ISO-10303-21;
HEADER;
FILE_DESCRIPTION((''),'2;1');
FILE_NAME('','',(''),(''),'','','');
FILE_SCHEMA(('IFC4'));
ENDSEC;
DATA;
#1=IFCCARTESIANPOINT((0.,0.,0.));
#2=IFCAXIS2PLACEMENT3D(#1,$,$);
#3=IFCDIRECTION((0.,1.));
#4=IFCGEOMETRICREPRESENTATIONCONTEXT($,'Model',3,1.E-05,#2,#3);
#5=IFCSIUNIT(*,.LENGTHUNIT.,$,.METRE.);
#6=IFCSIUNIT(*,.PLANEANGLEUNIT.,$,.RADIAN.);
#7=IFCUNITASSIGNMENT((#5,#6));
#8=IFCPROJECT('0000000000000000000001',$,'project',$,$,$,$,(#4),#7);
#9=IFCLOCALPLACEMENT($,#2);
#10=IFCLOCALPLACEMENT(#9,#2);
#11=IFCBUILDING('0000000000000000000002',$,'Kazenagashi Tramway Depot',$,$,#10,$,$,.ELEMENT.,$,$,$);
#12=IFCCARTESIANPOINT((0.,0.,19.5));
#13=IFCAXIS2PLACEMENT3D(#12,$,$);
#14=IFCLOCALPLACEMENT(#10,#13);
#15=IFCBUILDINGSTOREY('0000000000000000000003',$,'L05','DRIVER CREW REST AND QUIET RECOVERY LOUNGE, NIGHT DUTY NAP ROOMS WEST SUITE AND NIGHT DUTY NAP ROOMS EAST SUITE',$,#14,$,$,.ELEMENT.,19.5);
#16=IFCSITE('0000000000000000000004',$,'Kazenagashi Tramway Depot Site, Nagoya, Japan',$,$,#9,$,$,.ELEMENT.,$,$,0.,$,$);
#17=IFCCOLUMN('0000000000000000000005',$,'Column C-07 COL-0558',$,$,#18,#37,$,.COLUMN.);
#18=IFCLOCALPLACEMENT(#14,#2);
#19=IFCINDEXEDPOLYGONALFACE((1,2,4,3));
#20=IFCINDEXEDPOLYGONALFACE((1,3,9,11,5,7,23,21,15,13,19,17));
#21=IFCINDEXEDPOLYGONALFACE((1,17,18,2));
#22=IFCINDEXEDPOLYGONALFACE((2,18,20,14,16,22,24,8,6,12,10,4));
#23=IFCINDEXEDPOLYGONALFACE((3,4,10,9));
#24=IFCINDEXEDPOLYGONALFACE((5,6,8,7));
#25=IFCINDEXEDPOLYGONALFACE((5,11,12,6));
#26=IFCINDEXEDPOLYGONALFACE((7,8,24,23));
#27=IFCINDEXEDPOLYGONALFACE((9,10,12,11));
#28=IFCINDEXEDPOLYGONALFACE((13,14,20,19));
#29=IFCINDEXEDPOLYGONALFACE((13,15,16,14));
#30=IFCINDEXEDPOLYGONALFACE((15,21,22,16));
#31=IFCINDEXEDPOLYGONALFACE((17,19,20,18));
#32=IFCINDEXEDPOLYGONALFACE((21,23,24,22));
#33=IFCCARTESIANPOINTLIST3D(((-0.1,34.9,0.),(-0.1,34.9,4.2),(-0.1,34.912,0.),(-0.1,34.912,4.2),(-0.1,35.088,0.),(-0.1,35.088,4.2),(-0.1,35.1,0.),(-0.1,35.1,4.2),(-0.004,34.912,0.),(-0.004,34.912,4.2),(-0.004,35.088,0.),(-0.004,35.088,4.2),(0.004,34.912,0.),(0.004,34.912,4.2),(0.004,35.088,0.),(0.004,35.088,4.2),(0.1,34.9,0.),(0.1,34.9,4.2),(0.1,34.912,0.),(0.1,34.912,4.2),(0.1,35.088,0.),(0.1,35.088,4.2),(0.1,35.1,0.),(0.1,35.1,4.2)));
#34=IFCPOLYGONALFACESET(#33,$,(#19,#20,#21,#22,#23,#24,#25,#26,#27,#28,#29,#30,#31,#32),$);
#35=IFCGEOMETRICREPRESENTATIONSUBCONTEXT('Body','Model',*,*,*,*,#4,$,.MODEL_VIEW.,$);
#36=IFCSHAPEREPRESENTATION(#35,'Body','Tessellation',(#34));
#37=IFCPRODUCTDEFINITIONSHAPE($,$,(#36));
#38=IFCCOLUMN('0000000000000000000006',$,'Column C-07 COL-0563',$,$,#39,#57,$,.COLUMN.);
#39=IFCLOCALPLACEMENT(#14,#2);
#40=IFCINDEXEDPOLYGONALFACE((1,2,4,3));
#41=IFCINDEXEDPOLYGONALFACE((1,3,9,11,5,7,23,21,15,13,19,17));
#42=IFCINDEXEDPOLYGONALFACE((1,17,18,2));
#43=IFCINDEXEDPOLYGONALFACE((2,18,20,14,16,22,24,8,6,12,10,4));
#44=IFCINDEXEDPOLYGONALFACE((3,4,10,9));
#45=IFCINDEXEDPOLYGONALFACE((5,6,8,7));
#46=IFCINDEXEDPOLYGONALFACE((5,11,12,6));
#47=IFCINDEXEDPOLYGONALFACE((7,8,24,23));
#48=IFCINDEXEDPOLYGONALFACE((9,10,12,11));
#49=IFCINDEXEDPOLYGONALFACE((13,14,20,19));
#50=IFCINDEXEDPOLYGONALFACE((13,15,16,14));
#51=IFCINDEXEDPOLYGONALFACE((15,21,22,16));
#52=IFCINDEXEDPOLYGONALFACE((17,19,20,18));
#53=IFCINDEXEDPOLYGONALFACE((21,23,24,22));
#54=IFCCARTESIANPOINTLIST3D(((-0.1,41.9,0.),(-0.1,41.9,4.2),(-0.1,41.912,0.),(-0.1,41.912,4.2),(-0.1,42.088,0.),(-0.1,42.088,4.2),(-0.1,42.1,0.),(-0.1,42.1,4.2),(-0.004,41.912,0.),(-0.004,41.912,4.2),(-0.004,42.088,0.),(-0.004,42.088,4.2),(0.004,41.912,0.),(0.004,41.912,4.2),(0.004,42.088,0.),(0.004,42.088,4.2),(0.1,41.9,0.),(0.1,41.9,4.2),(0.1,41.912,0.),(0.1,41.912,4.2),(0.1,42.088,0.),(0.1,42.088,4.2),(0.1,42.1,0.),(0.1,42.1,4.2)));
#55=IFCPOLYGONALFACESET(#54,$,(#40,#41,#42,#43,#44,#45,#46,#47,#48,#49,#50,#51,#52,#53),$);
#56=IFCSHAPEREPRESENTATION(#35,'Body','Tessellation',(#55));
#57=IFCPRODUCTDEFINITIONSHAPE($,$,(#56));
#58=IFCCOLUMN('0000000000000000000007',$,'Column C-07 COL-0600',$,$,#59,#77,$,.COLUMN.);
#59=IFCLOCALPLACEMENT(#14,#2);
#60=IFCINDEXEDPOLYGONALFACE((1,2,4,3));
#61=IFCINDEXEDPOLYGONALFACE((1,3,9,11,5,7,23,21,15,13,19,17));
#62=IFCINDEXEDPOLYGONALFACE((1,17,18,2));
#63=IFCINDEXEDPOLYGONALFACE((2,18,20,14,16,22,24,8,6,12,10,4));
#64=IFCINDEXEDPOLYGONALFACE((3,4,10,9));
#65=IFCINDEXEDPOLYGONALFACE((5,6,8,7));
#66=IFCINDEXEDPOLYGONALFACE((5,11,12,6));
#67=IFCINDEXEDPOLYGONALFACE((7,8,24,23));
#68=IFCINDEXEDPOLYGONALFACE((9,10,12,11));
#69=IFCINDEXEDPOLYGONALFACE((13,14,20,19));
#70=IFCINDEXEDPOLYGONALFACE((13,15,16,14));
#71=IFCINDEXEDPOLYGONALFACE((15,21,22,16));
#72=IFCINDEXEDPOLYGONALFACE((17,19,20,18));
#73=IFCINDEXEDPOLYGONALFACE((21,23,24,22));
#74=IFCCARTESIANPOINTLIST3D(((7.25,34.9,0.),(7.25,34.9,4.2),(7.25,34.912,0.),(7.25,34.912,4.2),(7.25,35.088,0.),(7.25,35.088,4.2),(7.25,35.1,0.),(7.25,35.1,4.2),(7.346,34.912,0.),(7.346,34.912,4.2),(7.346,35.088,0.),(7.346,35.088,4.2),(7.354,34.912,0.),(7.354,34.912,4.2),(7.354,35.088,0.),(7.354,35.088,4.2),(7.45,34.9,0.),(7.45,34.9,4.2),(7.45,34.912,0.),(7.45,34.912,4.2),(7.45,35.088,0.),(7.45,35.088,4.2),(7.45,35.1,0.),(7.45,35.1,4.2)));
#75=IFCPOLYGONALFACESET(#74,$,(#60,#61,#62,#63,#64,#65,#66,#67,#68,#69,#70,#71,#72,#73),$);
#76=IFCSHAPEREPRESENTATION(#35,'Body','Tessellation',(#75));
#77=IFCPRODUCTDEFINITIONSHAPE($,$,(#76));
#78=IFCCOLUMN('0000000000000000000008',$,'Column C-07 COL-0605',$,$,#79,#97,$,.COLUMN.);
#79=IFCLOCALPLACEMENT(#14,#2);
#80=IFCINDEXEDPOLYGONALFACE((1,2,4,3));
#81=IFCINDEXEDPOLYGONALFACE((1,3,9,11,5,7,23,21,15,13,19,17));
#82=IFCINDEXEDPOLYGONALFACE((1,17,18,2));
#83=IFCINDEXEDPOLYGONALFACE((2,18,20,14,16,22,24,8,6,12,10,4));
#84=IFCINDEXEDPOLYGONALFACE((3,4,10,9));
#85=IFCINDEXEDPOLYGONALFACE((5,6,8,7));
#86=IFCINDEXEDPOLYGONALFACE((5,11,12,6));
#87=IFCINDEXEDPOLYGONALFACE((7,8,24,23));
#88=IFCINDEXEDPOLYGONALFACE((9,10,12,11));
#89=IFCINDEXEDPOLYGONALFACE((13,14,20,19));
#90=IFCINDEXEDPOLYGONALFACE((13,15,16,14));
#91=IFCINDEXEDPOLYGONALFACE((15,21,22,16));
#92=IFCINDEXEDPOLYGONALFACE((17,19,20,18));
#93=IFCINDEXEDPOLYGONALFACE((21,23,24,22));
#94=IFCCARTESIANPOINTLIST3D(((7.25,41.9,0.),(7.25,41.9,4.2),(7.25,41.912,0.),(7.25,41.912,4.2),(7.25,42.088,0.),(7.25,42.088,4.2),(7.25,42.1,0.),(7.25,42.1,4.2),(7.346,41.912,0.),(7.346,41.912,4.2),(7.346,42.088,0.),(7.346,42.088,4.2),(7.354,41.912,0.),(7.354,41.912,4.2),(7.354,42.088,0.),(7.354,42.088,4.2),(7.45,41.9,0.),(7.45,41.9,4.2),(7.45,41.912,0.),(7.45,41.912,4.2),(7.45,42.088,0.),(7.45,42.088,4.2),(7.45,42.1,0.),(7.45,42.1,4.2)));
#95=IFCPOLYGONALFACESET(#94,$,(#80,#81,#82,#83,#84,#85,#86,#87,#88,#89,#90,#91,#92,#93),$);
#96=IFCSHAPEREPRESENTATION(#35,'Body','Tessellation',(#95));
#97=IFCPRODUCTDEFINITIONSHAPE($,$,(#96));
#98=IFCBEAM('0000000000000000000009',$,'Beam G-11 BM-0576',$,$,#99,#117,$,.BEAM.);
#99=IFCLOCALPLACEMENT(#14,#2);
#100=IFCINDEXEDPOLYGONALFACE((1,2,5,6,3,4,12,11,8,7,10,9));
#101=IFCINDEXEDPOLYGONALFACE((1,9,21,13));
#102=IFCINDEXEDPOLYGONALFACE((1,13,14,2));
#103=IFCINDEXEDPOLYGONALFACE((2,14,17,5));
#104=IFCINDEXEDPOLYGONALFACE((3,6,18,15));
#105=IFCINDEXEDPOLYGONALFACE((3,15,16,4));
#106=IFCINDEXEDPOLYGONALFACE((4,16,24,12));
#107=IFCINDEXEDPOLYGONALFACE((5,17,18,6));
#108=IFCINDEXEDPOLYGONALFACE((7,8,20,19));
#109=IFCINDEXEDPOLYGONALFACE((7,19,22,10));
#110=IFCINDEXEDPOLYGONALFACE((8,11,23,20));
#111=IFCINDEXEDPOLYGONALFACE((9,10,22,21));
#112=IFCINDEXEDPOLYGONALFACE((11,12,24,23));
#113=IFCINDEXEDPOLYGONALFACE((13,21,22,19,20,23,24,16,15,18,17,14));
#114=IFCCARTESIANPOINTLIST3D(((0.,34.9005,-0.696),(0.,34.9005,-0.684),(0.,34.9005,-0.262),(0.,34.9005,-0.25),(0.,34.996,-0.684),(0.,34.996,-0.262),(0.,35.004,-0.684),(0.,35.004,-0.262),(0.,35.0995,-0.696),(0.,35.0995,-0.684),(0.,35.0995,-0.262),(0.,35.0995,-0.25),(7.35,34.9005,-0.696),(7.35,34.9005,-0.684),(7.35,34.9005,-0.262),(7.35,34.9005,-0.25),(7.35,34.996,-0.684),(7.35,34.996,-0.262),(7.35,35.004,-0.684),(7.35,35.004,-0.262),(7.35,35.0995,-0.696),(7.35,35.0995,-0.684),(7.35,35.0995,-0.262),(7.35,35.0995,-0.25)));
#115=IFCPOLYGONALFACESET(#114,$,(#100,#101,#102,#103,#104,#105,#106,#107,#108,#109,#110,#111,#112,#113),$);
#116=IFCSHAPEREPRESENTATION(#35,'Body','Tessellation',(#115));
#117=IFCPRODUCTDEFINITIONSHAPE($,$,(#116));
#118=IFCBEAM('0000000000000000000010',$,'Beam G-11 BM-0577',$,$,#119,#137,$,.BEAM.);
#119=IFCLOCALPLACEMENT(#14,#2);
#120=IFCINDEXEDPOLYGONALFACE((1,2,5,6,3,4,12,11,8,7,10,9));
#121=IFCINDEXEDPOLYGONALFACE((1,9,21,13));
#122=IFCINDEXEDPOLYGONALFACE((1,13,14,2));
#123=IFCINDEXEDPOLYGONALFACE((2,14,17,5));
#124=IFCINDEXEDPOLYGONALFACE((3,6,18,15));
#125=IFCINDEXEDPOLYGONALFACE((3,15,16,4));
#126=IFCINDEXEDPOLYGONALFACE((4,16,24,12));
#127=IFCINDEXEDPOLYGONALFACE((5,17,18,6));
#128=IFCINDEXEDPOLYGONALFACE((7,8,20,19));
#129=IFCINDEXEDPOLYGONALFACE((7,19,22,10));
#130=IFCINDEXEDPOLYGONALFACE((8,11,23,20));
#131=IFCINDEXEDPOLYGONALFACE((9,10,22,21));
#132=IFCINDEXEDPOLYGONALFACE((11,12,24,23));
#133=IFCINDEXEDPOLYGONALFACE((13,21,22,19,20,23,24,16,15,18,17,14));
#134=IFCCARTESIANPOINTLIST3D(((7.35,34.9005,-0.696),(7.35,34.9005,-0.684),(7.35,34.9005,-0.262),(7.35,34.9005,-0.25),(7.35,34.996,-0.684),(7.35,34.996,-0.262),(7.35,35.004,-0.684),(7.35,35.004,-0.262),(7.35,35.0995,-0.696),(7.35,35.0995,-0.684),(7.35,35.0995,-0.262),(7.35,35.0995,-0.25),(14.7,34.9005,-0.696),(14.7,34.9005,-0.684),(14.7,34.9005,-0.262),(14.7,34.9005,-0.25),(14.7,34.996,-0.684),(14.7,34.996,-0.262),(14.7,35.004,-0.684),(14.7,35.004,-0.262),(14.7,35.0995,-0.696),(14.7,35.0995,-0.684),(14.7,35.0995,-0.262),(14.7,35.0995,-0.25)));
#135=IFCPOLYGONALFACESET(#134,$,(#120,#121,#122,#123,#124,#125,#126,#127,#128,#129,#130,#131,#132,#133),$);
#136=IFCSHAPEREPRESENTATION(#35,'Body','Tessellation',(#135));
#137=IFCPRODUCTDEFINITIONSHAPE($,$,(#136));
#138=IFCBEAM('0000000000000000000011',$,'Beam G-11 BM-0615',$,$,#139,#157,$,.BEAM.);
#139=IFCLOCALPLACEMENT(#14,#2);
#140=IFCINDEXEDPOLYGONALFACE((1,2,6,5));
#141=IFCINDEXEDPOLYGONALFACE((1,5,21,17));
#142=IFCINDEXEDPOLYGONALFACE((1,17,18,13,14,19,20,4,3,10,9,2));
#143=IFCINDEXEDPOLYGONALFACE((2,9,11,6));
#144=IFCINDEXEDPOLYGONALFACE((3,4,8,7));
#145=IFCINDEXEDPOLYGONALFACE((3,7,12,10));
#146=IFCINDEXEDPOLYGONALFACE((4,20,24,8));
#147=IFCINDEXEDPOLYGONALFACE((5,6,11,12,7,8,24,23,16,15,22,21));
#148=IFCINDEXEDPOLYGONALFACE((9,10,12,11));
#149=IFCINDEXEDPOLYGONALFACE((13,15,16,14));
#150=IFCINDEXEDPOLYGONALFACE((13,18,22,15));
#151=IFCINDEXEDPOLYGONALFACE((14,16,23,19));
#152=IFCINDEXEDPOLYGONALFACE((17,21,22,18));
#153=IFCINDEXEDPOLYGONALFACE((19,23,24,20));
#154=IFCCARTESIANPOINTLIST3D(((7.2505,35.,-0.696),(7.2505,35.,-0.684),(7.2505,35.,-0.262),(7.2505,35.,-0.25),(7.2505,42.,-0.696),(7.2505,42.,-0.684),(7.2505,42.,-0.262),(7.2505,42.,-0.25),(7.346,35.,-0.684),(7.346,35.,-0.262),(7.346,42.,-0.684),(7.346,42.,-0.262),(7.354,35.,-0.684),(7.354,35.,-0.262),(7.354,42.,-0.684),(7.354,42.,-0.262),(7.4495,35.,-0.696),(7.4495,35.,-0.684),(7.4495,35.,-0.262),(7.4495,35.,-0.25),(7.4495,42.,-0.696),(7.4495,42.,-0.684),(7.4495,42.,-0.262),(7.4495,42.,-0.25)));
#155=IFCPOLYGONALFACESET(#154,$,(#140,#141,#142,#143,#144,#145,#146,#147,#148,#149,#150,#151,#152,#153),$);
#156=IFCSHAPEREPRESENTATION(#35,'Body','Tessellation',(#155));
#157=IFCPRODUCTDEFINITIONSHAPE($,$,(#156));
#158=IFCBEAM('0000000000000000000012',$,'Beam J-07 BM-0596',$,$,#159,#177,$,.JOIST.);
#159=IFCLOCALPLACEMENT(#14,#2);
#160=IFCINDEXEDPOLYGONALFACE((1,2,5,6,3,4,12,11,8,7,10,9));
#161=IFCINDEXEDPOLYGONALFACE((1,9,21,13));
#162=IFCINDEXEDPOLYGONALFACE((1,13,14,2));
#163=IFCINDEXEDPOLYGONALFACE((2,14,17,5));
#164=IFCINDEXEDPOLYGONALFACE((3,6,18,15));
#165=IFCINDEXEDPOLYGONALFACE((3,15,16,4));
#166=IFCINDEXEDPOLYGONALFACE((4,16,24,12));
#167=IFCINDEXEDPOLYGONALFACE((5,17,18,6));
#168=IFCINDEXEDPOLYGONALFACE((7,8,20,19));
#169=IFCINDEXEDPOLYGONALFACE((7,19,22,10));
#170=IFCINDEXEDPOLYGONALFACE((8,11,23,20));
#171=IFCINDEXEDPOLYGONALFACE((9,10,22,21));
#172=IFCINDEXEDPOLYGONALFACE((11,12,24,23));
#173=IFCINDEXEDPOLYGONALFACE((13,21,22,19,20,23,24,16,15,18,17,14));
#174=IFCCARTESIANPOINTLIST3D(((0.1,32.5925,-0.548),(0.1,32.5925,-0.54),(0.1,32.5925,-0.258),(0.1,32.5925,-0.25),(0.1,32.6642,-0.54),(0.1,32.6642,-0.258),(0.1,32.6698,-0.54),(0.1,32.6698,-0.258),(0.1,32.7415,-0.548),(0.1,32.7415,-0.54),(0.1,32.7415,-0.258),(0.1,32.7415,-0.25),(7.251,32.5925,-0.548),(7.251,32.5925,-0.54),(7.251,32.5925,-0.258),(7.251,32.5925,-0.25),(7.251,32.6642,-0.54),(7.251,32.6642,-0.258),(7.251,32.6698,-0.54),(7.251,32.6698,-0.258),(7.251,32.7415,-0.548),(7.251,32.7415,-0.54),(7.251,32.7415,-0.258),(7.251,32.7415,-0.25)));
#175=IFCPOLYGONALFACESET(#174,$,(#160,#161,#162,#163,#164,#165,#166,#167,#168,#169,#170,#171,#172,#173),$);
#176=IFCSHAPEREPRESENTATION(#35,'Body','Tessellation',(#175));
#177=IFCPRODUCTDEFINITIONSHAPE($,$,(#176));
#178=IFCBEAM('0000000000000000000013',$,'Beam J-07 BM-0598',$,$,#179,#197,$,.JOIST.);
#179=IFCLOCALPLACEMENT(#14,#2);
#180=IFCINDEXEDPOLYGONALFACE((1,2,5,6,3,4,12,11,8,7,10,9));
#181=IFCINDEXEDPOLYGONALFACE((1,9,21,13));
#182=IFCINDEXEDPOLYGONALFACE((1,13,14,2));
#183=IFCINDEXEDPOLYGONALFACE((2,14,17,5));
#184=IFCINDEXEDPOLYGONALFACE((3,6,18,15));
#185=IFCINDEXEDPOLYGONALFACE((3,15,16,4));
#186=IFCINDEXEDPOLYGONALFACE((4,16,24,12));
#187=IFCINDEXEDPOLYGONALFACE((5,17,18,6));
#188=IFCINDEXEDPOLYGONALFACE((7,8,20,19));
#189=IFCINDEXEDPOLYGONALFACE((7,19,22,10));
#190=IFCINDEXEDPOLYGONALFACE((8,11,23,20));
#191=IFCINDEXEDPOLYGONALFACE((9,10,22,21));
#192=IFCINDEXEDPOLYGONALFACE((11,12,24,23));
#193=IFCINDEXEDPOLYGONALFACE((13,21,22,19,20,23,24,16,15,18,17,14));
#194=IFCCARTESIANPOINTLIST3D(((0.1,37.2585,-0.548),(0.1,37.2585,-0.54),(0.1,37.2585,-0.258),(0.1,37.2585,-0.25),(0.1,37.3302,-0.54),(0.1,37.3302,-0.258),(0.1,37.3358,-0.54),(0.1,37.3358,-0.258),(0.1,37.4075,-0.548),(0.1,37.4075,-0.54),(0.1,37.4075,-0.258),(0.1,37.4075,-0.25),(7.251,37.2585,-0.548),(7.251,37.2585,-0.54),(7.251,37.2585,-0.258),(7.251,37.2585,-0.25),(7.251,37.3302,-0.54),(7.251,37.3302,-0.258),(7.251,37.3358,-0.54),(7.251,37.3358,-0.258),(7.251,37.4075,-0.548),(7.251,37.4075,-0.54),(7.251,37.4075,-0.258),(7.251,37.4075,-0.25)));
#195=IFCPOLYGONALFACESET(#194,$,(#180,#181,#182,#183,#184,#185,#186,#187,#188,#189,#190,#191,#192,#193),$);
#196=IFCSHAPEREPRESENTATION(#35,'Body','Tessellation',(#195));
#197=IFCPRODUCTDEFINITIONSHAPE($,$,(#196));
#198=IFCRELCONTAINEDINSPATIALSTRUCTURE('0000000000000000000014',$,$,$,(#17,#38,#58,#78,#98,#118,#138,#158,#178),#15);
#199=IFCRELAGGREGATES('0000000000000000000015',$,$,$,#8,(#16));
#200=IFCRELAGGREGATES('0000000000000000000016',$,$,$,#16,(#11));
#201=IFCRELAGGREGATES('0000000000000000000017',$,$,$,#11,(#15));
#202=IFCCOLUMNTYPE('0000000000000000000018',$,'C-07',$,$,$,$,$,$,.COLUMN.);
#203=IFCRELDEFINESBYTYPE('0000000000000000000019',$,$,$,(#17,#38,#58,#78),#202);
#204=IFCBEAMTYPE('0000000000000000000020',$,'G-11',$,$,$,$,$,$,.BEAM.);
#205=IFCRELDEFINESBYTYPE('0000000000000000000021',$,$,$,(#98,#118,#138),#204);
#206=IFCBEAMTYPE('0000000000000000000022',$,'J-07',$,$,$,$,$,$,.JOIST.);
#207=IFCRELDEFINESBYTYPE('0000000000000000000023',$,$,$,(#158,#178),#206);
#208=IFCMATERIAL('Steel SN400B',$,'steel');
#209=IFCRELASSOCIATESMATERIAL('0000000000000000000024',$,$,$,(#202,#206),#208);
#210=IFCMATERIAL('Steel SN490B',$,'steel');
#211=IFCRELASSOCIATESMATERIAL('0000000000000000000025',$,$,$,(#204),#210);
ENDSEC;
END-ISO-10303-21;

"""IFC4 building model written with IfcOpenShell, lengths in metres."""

from ifc_helpers import new_model, si_unit, direction, frame, origin, origin_2d, place, context, subcontext, project, spatial, i_section, extrude, material, material_profile, profile_set, type_object, element, save


model = new_model("IFC4")

# Units and contexts
model_context = context("Model", 3, precision=1e-05, world=origin(), true_north=direction((0.0, 1.0)))
body_context = subcontext(model_context, "Body", "Model", "MODEL_VIEW")
ifc_project = project(units=[si_unit("LENGTHUNIT", "METRE"), si_unit("PLANEANGLEUNIT", "RADIAN")], contexts=[model_context])

# Site, building, storey
site_placement = place(None, origin())
site = spatial("IfcSite", under=ifc_project, at=site_placement, Name="Kazenagashi Tramway Depot Site, Nagoya, Japan", CompositionType="ELEMENT", RefElevation=0.0)
building_placement = place(site_placement, origin())
building = spatial("IfcBuilding", under=site, at=building_placement, Name="Kazenagashi Tramway Depot", CompositionType="ELEMENT")
storey_placement = place(building_placement, frame((0.0, 0.0, 19.5)))
storey = spatial("IfcBuildingStorey", under=building, at=storey_placement, Name="L05", Description="DRIVER CREW REST AND QUIET RECOVERY LOUNGE, NIGHT DUTY NAP ROOMS WEST SUITE AND NIGHT DUTY NAP ROOMS EAST SUITE", CompositionType="ELEMENT", Elevation=19.5)

# Columns
ifc_material_1 = material(Name="Steel SN400B", Category="steel")
ifc_material_profile_1 = material_profile(ifc_material_1, i_section(OverallWidth=0.2, OverallDepth=0.2, WebThickness=0.008, FlangeThickness=0.012, at=origin_2d()), Name="H-200x200x8x12")
ifc_profile_set_1 = profile_set([ifc_material_profile_1], Name="Steel SN400B")
column_type = type_object("IfcColumnType", Name="C-07", PredefinedType="COLUMN", material=ifc_profile_set_1)
for number, where, z_axis, x_axis, name in (
    (1, (0.0, 35.0, 0.0), (0.0, 0.0, 1.0), (1.0, 0.0, 0.0), "Column C-07 COL-0558"),
    (2, (0.0, 42.0, 0.0), (0.0, 0.0, 1.0), (1.0, 0.0, 0.0), "Column C-07 COL-0563"),
    (3, (7.35, 35.0, 0.0), (0.0, 0.0, 1.0), (1.0, 0.0, 0.0), "Column C-07 COL-0600"),
    (4, (7.35, 42.0, 0.0), (0.0, 0.0, 1.0), (1.0, 0.0, 0.0), "Column C-07 COL-0605"),
):
    element("IfcColumn", number, at=place(storey_placement, frame(where, z_axis=z_axis, x_axis=x_axis)), inside=storey, type_object=column_type, Name=name, PredefinedType="COLUMN", context=body_context, shape_type="SweptSolid", body=[
        extrude(i_section(OverallWidth=0.2, OverallDepth=0.2, WebThickness=0.008, FlangeThickness=0.012, at=origin_2d()), origin(), (0.0, 0.0, 1.0), 4.2),
    ])

# Beams
ifc_material_2 = material(Name="Steel SN490B", Category="steel")
ifc_material_profile_2 = material_profile(ifc_material_2, i_section(OverallWidth=0.199, OverallDepth=0.446, WebThickness=0.008, FlangeThickness=0.012, at=origin_2d()), Name="H-446x199x8x12")
ifc_profile_set_2 = profile_set([ifc_material_profile_2], Name="Steel SN490B")
beam_type_1 = type_object("IfcBeamType", Name="G-11", PredefinedType="BEAM", material=ifc_profile_set_2)
for number, where, z_axis, x_axis, name in (
    (5, (0.0, 35.0, -0.473), (1.0, 0.0, 0.0), (0.0, 1.0, 0.0), "Beam G-11 BM-0576"),
    (6, (7.35, 35.0, -0.473), (1.0, 0.0, 0.0), (0.0, 1.0, 0.0), "Beam G-11 BM-0577"),
):
    element("IfcBeam", number, at=place(storey_placement, frame(where, z_axis=z_axis, x_axis=x_axis)), inside=storey, type_object=beam_type_1, Name=name, PredefinedType="BEAM", context=body_context, shape_type="SweptSolid", body=[
        extrude(i_section(OverallWidth=0.199, OverallDepth=0.446, WebThickness=0.008, FlangeThickness=0.012, at=origin_2d()), origin(), (0.0, 0.0, 1.0), 7.35),
    ])
beam_1_placement = place(storey_placement, frame((7.35, 35.0, -0.473), z_axis=(0.0, 1.0, 0.0), x_axis=(-1.0, 0.0, 0.0)))
element("IfcBeam", 7, at=beam_1_placement, inside=storey, type_object=beam_type_1, Name="Beam G-11 BM-0615", PredefinedType="BEAM", context=body_context, shape_type="SweptSolid", body=[
    extrude(i_section(OverallWidth=0.199, OverallDepth=0.446, WebThickness=0.008, FlangeThickness=0.012, at=origin_2d()), origin(), (0.0, 0.0, 1.0), 7.0),
])
ifc_material_profile_3 = material_profile(ifc_material_1, i_section(OverallWidth=0.149, OverallDepth=0.298, WebThickness=0.0055, FlangeThickness=0.008, at=origin_2d()), Name="H-298x149x5.5x8")
ifc_profile_set_3 = profile_set([ifc_material_profile_3], Name="Steel SN400B")
beam_type_2 = type_object("IfcBeamType", Name="J-07", PredefinedType="JOIST", material=ifc_profile_set_3)
for number, where, z_axis, x_axis, name in (
    (8, (0.1, 32.667, -0.399), (1.0, 0.0, 0.0), (0.0, 1.0, 0.0), "Beam J-07 BM-0596"),
    (9, (0.1, 37.333, -0.399), (1.0, 0.0, 0.0), (0.0, 1.0, 0.0), "Beam J-07 BM-0598"),
):
    element("IfcBeam", number, at=place(storey_placement, frame(where, z_axis=z_axis, x_axis=x_axis)), inside=storey, type_object=beam_type_2, Name=name, PredefinedType="JOIST", context=body_context, shape_type="SweptSolid", body=[
        extrude(i_section(OverallWidth=0.149, OverallDepth=0.298, WebThickness=0.0055, FlangeThickness=0.008, at=origin_2d()), origin(), (0.0, 0.0, 1.0), 7.151),
    ])

save(model, "model.ifc")
